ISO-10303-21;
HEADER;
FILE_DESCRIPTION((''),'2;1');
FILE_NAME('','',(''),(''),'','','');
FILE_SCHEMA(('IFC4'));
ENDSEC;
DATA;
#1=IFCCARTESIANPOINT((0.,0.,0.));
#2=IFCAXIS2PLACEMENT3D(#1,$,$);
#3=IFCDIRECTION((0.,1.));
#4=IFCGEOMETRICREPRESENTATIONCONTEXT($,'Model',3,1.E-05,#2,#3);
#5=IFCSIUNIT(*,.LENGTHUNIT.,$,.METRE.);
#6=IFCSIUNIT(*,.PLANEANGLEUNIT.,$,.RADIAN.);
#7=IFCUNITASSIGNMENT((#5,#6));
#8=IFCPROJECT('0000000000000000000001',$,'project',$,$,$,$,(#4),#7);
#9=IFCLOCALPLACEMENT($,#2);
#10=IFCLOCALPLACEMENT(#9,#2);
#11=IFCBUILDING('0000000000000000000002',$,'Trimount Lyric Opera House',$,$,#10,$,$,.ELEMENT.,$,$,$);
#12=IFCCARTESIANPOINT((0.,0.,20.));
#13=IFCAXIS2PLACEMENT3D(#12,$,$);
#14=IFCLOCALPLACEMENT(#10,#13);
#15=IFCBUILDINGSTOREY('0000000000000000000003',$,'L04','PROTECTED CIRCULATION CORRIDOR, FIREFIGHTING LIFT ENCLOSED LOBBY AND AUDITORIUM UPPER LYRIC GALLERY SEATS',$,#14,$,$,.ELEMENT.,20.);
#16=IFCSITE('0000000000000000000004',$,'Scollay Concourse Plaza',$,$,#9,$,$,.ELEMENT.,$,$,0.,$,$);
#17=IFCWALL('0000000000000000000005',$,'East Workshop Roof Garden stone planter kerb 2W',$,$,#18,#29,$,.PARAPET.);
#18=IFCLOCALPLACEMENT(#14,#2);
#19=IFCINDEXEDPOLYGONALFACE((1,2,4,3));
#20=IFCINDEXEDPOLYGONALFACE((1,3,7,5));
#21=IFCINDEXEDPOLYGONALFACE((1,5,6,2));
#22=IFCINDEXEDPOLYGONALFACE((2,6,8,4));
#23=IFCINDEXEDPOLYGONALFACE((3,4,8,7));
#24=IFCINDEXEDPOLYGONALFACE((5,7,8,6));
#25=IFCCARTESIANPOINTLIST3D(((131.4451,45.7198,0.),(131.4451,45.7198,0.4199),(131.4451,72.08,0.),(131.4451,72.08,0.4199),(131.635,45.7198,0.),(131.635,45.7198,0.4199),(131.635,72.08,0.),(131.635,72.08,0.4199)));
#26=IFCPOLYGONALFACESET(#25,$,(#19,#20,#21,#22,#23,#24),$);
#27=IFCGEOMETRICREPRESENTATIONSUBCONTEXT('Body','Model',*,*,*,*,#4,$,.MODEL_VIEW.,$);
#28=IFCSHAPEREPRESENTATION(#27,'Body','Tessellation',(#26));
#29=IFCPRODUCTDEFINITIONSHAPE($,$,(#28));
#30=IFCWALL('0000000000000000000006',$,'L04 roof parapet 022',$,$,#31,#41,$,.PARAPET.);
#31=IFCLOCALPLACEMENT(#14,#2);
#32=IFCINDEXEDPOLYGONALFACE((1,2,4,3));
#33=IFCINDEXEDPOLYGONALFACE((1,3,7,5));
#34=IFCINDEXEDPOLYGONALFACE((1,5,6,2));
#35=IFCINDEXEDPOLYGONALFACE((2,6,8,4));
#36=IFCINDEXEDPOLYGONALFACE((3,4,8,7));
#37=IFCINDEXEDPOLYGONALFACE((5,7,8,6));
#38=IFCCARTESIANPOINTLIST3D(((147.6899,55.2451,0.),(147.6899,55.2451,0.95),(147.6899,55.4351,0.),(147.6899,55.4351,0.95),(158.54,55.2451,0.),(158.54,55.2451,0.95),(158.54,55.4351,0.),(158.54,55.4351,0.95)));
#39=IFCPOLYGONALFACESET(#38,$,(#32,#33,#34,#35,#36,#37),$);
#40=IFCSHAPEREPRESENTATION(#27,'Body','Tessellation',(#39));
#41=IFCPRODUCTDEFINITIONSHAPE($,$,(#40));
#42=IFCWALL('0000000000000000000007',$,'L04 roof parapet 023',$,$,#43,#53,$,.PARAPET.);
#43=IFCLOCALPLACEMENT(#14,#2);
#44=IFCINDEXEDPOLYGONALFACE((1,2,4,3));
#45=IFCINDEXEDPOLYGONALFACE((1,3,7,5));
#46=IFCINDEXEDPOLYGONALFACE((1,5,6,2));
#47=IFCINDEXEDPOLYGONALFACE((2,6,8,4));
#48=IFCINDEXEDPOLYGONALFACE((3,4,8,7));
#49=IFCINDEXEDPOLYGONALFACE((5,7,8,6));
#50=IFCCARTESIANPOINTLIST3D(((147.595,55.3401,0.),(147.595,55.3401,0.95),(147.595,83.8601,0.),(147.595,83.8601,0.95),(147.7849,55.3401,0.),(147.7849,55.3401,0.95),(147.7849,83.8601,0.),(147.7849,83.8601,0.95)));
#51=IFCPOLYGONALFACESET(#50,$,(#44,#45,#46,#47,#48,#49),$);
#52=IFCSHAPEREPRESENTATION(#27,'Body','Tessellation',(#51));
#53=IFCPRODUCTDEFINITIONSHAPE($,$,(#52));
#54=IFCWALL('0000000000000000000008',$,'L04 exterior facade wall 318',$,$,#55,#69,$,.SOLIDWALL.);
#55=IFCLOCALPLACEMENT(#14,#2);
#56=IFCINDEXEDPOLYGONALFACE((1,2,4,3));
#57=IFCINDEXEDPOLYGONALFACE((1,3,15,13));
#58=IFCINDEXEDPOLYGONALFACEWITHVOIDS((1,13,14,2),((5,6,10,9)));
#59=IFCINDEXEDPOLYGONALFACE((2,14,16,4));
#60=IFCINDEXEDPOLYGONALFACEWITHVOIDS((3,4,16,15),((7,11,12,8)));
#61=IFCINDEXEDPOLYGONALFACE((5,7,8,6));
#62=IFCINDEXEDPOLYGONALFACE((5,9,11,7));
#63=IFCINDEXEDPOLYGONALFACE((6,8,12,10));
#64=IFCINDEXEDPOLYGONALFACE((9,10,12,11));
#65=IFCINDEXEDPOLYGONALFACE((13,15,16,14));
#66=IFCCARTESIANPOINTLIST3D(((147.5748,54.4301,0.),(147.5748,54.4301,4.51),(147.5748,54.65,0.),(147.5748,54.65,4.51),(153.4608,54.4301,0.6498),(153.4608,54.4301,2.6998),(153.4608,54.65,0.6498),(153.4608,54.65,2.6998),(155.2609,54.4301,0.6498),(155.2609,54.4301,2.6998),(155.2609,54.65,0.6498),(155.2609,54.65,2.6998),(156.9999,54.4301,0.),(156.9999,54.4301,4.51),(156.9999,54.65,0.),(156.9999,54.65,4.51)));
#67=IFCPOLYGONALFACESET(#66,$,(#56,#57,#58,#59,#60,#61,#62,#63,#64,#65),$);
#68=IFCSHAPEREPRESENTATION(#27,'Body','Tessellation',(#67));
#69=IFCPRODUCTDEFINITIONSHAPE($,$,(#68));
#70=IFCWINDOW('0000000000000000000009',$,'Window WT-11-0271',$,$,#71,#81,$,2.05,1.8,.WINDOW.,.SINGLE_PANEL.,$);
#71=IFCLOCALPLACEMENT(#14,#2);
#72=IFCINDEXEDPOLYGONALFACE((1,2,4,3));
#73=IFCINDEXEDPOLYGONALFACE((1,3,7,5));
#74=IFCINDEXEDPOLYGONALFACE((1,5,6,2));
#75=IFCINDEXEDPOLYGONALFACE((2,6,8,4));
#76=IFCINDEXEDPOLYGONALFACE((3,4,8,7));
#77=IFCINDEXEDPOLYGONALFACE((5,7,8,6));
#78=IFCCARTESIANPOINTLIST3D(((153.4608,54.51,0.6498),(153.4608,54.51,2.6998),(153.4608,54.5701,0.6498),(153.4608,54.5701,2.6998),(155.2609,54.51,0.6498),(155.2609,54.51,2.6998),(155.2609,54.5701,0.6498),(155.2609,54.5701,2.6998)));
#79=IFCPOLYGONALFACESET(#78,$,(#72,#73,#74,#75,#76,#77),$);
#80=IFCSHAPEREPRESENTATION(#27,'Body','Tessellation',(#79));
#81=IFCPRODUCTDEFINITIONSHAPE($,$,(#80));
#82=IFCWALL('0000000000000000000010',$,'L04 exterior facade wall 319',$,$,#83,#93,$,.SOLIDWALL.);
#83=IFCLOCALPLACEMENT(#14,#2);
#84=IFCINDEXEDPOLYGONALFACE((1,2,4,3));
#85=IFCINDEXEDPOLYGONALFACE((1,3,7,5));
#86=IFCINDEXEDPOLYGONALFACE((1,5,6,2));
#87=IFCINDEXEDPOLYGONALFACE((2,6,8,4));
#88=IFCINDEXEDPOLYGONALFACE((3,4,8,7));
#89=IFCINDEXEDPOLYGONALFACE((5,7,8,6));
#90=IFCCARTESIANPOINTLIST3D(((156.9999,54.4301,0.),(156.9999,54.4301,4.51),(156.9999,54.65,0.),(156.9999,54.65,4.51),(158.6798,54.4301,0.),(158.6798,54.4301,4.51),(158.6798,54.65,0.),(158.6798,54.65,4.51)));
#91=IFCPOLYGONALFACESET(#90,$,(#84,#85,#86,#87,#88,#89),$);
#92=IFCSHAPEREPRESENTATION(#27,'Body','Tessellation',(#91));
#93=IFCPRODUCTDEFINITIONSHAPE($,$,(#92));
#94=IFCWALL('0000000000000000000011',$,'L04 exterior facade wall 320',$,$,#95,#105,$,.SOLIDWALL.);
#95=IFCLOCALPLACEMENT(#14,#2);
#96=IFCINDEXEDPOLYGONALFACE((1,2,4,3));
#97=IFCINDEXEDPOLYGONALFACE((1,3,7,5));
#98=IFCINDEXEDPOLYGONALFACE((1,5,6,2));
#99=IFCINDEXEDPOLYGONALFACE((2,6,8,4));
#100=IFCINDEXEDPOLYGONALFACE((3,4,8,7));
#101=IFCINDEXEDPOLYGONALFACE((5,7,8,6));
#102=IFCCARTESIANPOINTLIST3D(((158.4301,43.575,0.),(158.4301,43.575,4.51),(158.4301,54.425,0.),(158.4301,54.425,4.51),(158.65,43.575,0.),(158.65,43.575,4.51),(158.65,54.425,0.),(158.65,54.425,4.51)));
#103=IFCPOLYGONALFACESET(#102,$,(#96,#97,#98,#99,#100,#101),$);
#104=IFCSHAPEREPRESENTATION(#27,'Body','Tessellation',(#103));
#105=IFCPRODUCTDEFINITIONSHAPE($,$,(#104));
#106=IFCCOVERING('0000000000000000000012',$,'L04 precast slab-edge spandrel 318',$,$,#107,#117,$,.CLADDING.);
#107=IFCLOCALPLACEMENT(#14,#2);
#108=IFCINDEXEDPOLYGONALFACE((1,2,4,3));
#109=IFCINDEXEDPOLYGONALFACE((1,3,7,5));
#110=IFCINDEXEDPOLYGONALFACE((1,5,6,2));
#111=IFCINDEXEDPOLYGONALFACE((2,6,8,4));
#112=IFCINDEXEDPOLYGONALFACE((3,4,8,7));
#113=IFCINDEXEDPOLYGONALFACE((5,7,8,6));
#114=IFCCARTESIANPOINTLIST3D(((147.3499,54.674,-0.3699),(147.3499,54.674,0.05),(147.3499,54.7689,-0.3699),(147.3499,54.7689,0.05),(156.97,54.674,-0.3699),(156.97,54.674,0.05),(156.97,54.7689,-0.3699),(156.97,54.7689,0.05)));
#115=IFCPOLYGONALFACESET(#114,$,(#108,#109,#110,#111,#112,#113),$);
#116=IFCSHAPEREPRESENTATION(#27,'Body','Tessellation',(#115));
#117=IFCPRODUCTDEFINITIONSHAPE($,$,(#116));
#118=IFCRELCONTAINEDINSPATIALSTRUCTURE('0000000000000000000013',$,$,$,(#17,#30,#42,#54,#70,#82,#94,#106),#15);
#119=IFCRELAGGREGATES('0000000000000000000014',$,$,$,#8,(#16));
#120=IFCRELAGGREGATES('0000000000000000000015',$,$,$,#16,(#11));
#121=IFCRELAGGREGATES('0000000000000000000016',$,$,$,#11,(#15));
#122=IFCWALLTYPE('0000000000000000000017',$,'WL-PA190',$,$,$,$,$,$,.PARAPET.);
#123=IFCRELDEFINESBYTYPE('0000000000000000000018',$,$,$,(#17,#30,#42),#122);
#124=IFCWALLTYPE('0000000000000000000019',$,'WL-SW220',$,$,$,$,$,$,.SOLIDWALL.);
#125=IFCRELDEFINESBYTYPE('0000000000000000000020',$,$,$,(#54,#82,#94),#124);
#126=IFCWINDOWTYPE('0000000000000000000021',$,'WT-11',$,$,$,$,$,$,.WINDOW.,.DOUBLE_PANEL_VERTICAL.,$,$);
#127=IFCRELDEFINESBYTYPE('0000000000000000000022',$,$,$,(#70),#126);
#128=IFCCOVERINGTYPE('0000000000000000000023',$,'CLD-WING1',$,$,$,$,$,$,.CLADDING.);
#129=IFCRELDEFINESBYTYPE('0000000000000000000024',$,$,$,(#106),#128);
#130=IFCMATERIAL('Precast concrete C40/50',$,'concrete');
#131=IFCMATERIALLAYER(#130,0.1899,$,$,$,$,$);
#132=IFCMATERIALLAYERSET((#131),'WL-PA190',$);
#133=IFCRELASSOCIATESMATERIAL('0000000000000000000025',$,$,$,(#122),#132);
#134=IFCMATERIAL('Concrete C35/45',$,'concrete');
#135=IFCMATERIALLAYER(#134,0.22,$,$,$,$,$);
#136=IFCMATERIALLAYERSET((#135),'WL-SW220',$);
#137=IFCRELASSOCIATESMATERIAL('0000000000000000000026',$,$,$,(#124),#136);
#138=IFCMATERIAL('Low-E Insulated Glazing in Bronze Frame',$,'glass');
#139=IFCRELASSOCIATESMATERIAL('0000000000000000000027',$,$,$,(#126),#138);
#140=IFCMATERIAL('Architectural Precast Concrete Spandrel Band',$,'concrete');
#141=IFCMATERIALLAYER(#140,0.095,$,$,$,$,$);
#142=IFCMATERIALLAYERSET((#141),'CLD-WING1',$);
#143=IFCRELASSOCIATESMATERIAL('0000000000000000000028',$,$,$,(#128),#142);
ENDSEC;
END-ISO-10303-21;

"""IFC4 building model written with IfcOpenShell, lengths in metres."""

from ifc_helpers import new_model, si_unit, direction, frame, frame_2d, origin, origin_2d, place, context, subcontext, project, spatial, rectangle, extrude, material, layer, layer_set, type_object, element, fill, save


model = new_model("IFC4")

# Units and contexts
model_context = context("Model", 3, precision=1e-05, world=origin(), true_north=direction((0.0, 1.0)))
body_context = subcontext(model_context, "Body", "Model", "MODEL_VIEW")
ifc_project = project(units=[si_unit("LENGTHUNIT", "METRE"), si_unit("PLANEANGLEUNIT", "RADIAN")], contexts=[model_context])

# Site, building, storey
site_placement = place(None, origin())
site = spatial("IfcSite", under=ifc_project, at=site_placement, Name="Scollay Concourse Plaza", CompositionType="ELEMENT", RefElevation=0.0)
building_placement = place(site_placement, origin())
building = spatial("IfcBuilding", under=site, at=building_placement, Name="Trimount Lyric Opera House", CompositionType="ELEMENT")
storey_placement = place(building_placement, frame((0.0, 0.0, 20.0)))
storey = spatial("IfcBuildingStorey", under=building, at=storey_placement, Name="L04", Description="PROTECTED CIRCULATION CORRIDOR, FIREFIGHTING LIFT ENCLOSED LOBBY AND AUDITORIUM UPPER LYRIC GALLERY SEATS", CompositionType="ELEMENT", Elevation=20.0)

# Walls
ifc_material_1 = material(Name="Precast concrete C40/50", Category="concrete")
ifc_layer_1 = layer(ifc_material_1, 0.1899)
ifc_layer_set_1 = layer_set([ifc_layer_1], Name="WL-PA190")
wall_type_1 = type_object("IfcWallType", Name="WL-PA190", PredefinedType="PARAPET", material=ifc_layer_set_1)
wall_1_placement = place(storey_placement, frame((131.54, 72.0801, 0.0), z_axis=(0.0, 0.0, 1.0), x_axis=(0.0, -1.0, 0.0)))
element("IfcWall", 1, at=wall_1_placement, inside=storey, type_object=wall_type_1, Name="East Workshop Roof Garden stone planter kerb 2W", PredefinedType="PARAPET", context=body_context, shape_type="SweptSolid", body=[
    extrude(rectangle(XDim=26.3601, YDim=0.1899, at=frame_2d((13.1802, 0.0))), origin(), (0.0, 0.0, 1.0), 0.4199),
])
wall_2_placement = place(storey_placement, frame((158.54, 55.3401, 0.0), z_axis=(0.0, 0.0, 1.0), x_axis=(-1.0, 0.0, 0.0)))
element("IfcWall", 2, at=wall_2_placement, inside=storey, type_object=wall_type_1, Name="L04 roof parapet 022", PredefinedType="PARAPET", context=body_context, shape_type="SweptSolid", body=[
    extrude(rectangle(XDim=10.8501, YDim=0.1899, at=frame_2d((5.425, 0.0))), origin(), (0.0, 0.0, 1.0), 0.95),
])
wall_3_placement = place(storey_placement, frame((147.6899, 55.3401, 0.0), z_axis=(0.0, 0.0, 1.0), x_axis=(0.0, 1.0, 0.0)))
element("IfcWall", 3, at=wall_3_placement, inside=storey, type_object=wall_type_1, Name="L04 roof parapet 023", PredefinedType="PARAPET", context=body_context, shape_type="SweptSolid", body=[
    extrude(rectangle(XDim=28.52, YDim=0.1899, at=frame_2d((14.26, 0.0))), origin(), (0.0, 0.0, 1.0), 0.95),
])

# Wall, opening, window
ifc_material_2 = material(Name="Concrete C35/45", Category="concrete")
ifc_layer_2 = layer(ifc_material_2, 0.22)
ifc_layer_set_2 = layer_set([ifc_layer_2], Name="WL-SW220")
wall_type_2 = type_object("IfcWallType", Name="WL-SW220", PredefinedType="SOLIDWALL", material=ifc_layer_set_2)
wall_4_placement = place(storey_placement, frame((147.575, 54.54, 0.0), z_axis=(0.0, 0.0, 1.0), x_axis=(1.0, 0.0, 0.0)))
wall_4 = element("IfcWall", 4, at=wall_4_placement, inside=storey, type_object=wall_type_2, Name="L04 exterior facade wall 318", PredefinedType="SOLIDWALL", context=body_context, shape_type="SweptSolid", body=[
    extrude(rectangle(XDim=9.425, YDim=0.22, at=frame_2d((4.7124, 0.0))), origin(), (0.0, 0.0, 1.0), 4.51),
])
opening_placement = place(wall_4_placement, frame((5.886, 0.0, 0.6499)))
opening = element("IfcOpeningElement", 5, at=opening_placement, cuts=wall_4, PredefinedType="OPENING", context=body_context, shape_type="SweptSolid", body=[
    extrude(rectangle(XDim=1.8, YDim=2.05, at=frame_2d((0.8999, 1.0249))), frame((0.0, 0.1201, 0.0), z_axis=(0.0, -1.0, 0.0), x_axis=(1.0, 0.0, 0.0)), (0.0, 0.0, 1.0), 0.24),
])
ifc_material_3 = material(Name="Low-E Insulated Glazing in Bronze Frame", Category="glass")
window_type = type_object("IfcWindowType", Name="WT-11", PartitioningType="DOUBLE_PANEL_VERTICAL", PredefinedType="WINDOW", material=ifc_material_3)
window_placement = place(opening_placement, origin())
window = element("IfcWindow", 6, at=window_placement, inside=storey, type_object=window_type, Name="Window WT-11-0271", OverallHeight=2.05, OverallWidth=1.8, PartitioningType="SINGLE_PANEL", PredefinedType="WINDOW", context=body_context, shape_type="SweptSolid", body=[
    extrude(rectangle(XDim=1.8, YDim=2.05, at=frame_2d((0.8999, 1.0249))), frame((0.0, 0.03, 0.0), z_axis=(0.0, -1.0, 0.0), x_axis=(1.0, 0.0, 0.0)), (0.0, 0.0, 1.0), 0.0601),
])
fill(opening, window)

# Walls
wall_5_placement = place(storey_placement, frame((157.0, 54.54, 0.0), z_axis=(0.0, 0.0, 1.0), x_axis=(1.0, 0.0, 0.0)))
element("IfcWall", 7, at=wall_5_placement, inside=storey, type_object=wall_type_2, Name="L04 exterior facade wall 319", PredefinedType="SOLIDWALL", context=body_context, shape_type="SweptSolid", body=[
    extrude(rectangle(XDim=1.6799, YDim=0.22, at=frame_2d((0.8398, 0.0))), origin(), (0.0, 0.0, 1.0), 4.51),
])
wall_6_placement = place(storey_placement, frame((158.54, 54.425, 0.0), z_axis=(0.0, 0.0, 1.0), x_axis=(0.0, -1.0, 0.0)))
element("IfcWall", 8, at=wall_6_placement, inside=storey, type_object=wall_type_2, Name="L04 exterior facade wall 320", PredefinedType="SOLIDWALL", context=body_context, shape_type="SweptSolid", body=[
    extrude(rectangle(XDim=10.8501, YDim=0.22, at=frame_2d((5.425, 0.0))), origin(), (0.0, 0.0, 1.0), 4.51),
])

# Covering
ifc_material_4 = material(Name="Architectural Precast Concrete Spandrel Band", Category="concrete")
ifc_layer_3 = layer(ifc_material_4, 0.095)
ifc_layer_set_3 = layer_set([ifc_layer_3], Name="CLD-WING1")
covering_type = type_object("IfcCoveringType", Name="CLD-WING1", PredefinedType="CLADDING", material=ifc_layer_set_3)
covering_placement = place(storey_placement, frame((152.1599, 54.7214, -0.3699), z_axis=(0.0, 0.0, 1.0), x_axis=(1.0, 0.0, 0.0)))
element("IfcCovering", 9, at=covering_placement, inside=storey, type_object=covering_type, Name="L04 precast slab-edge spandrel 318", PredefinedType="CLADDING", context=body_context, shape_type="SweptSolid", body=[
    extrude(rectangle(XDim=9.6201, YDim=0.095, at=origin_2d()), origin(), (0.0, 0.0, 1.0), 0.4199),
])

save(model, "model.ifc")
